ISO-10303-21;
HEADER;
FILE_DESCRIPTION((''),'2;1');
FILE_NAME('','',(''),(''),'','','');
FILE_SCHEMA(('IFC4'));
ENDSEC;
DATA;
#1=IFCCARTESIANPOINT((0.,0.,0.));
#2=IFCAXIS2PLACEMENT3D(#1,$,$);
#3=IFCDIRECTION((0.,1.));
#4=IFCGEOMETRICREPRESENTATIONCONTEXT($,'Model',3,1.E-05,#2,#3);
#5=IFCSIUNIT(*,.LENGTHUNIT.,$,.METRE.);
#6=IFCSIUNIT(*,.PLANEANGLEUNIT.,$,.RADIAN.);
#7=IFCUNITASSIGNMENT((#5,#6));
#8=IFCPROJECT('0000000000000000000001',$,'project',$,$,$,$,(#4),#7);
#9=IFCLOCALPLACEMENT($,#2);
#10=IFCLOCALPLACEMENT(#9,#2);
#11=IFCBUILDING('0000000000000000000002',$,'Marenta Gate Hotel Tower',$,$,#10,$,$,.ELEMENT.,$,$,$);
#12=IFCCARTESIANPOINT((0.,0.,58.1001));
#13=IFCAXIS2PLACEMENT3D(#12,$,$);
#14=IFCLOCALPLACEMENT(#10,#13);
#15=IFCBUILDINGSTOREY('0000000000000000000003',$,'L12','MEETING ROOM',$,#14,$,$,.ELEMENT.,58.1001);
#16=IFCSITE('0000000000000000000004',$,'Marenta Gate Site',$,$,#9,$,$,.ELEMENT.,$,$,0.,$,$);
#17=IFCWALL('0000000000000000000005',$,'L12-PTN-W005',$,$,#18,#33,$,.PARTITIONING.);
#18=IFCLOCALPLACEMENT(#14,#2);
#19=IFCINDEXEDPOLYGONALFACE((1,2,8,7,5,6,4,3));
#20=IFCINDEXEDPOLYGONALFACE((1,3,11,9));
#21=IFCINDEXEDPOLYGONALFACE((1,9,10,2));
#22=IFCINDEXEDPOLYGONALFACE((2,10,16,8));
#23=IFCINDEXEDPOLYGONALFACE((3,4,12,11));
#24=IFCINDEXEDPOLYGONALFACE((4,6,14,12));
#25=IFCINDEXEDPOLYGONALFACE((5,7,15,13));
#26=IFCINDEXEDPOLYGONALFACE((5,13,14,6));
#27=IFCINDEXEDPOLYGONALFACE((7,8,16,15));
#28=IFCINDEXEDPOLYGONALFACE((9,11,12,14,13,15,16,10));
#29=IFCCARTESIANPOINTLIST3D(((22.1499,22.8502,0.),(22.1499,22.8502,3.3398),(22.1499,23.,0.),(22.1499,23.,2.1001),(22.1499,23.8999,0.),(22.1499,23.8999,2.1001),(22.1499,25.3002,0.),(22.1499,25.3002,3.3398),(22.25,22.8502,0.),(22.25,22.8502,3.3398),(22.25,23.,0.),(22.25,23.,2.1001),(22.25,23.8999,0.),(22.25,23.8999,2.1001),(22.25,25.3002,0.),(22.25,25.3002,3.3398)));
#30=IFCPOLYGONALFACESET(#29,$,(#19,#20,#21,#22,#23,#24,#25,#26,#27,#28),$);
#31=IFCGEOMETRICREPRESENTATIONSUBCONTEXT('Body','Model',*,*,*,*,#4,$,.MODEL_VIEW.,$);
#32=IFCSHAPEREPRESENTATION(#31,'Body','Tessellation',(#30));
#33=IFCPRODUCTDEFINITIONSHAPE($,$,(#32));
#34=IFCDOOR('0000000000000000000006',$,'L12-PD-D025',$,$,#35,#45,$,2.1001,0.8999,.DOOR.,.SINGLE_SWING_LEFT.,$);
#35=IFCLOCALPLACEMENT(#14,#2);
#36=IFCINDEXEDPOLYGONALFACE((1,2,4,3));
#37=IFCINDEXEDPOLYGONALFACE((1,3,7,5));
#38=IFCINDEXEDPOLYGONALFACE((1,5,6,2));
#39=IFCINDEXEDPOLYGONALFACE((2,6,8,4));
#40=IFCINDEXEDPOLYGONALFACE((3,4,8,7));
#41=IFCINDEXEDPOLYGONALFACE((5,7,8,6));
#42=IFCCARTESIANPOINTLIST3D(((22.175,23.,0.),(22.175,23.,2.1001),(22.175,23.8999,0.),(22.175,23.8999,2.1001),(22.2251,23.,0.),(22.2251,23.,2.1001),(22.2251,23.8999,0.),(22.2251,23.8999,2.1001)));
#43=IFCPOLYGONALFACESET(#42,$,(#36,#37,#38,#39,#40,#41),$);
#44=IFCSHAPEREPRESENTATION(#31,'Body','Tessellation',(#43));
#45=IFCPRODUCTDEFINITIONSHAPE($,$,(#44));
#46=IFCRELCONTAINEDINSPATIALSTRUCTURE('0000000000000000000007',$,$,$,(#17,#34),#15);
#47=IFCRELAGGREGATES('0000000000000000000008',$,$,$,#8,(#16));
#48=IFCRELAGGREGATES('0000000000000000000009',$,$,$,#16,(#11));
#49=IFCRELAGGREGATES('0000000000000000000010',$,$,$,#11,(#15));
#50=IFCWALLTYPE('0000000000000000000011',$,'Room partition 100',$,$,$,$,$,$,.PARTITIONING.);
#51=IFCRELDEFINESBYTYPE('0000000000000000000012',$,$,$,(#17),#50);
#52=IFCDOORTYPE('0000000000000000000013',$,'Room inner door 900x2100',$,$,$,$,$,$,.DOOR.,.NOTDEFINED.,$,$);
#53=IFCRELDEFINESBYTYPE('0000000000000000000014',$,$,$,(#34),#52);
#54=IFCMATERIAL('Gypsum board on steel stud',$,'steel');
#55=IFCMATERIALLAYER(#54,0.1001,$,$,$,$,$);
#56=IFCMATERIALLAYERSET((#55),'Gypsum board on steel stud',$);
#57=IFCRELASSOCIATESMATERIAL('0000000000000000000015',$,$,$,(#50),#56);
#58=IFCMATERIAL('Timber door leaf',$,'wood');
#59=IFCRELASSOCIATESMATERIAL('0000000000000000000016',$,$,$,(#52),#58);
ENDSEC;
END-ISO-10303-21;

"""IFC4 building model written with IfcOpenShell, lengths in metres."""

from ifc_helpers import new_model, si_unit, direction, frame, frame_2d, origin, place, context, subcontext, project, spatial, rectangle, extrude, material, layer, layer_set, type_object, element, fill, save


model = new_model("IFC4")

# Units and contexts
model_context = context("Model", 3, precision=1e-05, world=origin(), true_north=direction((0.0, 1.0)))
body_context = subcontext(model_context, "Body", "Model", "MODEL_VIEW")
ifc_project = project(units=[si_unit("LENGTHUNIT", "METRE"), si_unit("PLANEANGLEUNIT", "RADIAN")], contexts=[model_context])

# Site, building, storey
site_placement = place(None, origin())
site = spatial("IfcSite", under=ifc_project, at=site_placement, Name="Marenta Gate Site", CompositionType="ELEMENT", RefElevation=0.0)
building_placement = place(site_placement, origin())
building = spatial("IfcBuilding", under=site, at=building_placement, Name="Marenta Gate Hotel Tower", CompositionType="ELEMENT")
storey_placement = place(building_placement, frame((0.0, 0.0, 58.1001)))
storey = spatial("IfcBuildingStorey", under=building, at=storey_placement, Name="L12", Description="MEETING ROOM", CompositionType="ELEMENT", Elevation=58.1001)

# Wall, opening, door
ifc_material_1 = material(Name="Gypsum board on steel stud", Category="steel")
ifc_layer_1 = layer(ifc_material_1, 0.1001)
ifc_layer_set_1 = layer_set([ifc_layer_1], Name="Gypsum board on steel stud")
wall_type = type_object("IfcWallType", Name="Room partition 100", PredefinedType="PARTITIONING", material=ifc_layer_set_1)
wall_placement = place(storey_placement, frame((22.2, 22.8501, 0.0), z_axis=(0.0, 0.0, 1.0), x_axis=(0.0, 1.0, 0.0)))
wall = element("IfcWall", 1, at=wall_placement, inside=storey, type_object=wall_type, Name="L12-PTN-W005", PredefinedType="PARTITIONING", context=body_context, shape_type="SweptSolid", body=[
    extrude(rectangle(XDim=2.45, YDim=0.1001, at=frame_2d((1.2251, 0.0))), origin(), (0.0, 0.0, 1.0), 3.3398),
])
opening_placement = place(wall_placement, frame((0.1499, 0.0, 0.0)))
opening = element("IfcOpeningElement", 2, at=opening_placement, cuts=wall, PredefinedType="OPENING", context=body_context, shape_type="SweptSolid", body=[
    extrude(rectangle(XDim=0.8999, YDim=2.1001, at=frame_2d((0.45, 1.05))), frame((0.0, 0.05, 0.0), z_axis=(0.0, -1.0, 0.0), x_axis=(1.0, 0.0, 0.0)), (0.0, 0.0, 1.0), 0.1001),
])
ifc_material_2 = material(Name="Timber door leaf", Category="wood")
door_type = type_object("IfcDoorType", Name="Room inner door 900x2100", OperationType="NOTDEFINED", PredefinedType="DOOR", material=ifc_material_2)
door_placement = place(opening_placement, origin())
door = element("IfcDoor", 3, at=door_placement, inside=storey, type_object=door_type, Name="L12-PD-D025", OperationType="SINGLE_SWING_LEFT", OverallHeight=2.1001, OverallWidth=0.8999, PredefinedType="DOOR", context=body_context, shape_type="SweptSolid", body=[
    extrude(rectangle(XDim=0.8999, YDim=2.1001, at=frame_2d((0.45, 1.05))), frame((0.0, 0.0249, 0.0), z_axis=(0.0, -1.0, 0.0), x_axis=(1.0, 0.0, 0.0)), (0.0, 0.0, 1.0), 0.05),
])
fill(opening, door)

save(model, "model.ifc")
